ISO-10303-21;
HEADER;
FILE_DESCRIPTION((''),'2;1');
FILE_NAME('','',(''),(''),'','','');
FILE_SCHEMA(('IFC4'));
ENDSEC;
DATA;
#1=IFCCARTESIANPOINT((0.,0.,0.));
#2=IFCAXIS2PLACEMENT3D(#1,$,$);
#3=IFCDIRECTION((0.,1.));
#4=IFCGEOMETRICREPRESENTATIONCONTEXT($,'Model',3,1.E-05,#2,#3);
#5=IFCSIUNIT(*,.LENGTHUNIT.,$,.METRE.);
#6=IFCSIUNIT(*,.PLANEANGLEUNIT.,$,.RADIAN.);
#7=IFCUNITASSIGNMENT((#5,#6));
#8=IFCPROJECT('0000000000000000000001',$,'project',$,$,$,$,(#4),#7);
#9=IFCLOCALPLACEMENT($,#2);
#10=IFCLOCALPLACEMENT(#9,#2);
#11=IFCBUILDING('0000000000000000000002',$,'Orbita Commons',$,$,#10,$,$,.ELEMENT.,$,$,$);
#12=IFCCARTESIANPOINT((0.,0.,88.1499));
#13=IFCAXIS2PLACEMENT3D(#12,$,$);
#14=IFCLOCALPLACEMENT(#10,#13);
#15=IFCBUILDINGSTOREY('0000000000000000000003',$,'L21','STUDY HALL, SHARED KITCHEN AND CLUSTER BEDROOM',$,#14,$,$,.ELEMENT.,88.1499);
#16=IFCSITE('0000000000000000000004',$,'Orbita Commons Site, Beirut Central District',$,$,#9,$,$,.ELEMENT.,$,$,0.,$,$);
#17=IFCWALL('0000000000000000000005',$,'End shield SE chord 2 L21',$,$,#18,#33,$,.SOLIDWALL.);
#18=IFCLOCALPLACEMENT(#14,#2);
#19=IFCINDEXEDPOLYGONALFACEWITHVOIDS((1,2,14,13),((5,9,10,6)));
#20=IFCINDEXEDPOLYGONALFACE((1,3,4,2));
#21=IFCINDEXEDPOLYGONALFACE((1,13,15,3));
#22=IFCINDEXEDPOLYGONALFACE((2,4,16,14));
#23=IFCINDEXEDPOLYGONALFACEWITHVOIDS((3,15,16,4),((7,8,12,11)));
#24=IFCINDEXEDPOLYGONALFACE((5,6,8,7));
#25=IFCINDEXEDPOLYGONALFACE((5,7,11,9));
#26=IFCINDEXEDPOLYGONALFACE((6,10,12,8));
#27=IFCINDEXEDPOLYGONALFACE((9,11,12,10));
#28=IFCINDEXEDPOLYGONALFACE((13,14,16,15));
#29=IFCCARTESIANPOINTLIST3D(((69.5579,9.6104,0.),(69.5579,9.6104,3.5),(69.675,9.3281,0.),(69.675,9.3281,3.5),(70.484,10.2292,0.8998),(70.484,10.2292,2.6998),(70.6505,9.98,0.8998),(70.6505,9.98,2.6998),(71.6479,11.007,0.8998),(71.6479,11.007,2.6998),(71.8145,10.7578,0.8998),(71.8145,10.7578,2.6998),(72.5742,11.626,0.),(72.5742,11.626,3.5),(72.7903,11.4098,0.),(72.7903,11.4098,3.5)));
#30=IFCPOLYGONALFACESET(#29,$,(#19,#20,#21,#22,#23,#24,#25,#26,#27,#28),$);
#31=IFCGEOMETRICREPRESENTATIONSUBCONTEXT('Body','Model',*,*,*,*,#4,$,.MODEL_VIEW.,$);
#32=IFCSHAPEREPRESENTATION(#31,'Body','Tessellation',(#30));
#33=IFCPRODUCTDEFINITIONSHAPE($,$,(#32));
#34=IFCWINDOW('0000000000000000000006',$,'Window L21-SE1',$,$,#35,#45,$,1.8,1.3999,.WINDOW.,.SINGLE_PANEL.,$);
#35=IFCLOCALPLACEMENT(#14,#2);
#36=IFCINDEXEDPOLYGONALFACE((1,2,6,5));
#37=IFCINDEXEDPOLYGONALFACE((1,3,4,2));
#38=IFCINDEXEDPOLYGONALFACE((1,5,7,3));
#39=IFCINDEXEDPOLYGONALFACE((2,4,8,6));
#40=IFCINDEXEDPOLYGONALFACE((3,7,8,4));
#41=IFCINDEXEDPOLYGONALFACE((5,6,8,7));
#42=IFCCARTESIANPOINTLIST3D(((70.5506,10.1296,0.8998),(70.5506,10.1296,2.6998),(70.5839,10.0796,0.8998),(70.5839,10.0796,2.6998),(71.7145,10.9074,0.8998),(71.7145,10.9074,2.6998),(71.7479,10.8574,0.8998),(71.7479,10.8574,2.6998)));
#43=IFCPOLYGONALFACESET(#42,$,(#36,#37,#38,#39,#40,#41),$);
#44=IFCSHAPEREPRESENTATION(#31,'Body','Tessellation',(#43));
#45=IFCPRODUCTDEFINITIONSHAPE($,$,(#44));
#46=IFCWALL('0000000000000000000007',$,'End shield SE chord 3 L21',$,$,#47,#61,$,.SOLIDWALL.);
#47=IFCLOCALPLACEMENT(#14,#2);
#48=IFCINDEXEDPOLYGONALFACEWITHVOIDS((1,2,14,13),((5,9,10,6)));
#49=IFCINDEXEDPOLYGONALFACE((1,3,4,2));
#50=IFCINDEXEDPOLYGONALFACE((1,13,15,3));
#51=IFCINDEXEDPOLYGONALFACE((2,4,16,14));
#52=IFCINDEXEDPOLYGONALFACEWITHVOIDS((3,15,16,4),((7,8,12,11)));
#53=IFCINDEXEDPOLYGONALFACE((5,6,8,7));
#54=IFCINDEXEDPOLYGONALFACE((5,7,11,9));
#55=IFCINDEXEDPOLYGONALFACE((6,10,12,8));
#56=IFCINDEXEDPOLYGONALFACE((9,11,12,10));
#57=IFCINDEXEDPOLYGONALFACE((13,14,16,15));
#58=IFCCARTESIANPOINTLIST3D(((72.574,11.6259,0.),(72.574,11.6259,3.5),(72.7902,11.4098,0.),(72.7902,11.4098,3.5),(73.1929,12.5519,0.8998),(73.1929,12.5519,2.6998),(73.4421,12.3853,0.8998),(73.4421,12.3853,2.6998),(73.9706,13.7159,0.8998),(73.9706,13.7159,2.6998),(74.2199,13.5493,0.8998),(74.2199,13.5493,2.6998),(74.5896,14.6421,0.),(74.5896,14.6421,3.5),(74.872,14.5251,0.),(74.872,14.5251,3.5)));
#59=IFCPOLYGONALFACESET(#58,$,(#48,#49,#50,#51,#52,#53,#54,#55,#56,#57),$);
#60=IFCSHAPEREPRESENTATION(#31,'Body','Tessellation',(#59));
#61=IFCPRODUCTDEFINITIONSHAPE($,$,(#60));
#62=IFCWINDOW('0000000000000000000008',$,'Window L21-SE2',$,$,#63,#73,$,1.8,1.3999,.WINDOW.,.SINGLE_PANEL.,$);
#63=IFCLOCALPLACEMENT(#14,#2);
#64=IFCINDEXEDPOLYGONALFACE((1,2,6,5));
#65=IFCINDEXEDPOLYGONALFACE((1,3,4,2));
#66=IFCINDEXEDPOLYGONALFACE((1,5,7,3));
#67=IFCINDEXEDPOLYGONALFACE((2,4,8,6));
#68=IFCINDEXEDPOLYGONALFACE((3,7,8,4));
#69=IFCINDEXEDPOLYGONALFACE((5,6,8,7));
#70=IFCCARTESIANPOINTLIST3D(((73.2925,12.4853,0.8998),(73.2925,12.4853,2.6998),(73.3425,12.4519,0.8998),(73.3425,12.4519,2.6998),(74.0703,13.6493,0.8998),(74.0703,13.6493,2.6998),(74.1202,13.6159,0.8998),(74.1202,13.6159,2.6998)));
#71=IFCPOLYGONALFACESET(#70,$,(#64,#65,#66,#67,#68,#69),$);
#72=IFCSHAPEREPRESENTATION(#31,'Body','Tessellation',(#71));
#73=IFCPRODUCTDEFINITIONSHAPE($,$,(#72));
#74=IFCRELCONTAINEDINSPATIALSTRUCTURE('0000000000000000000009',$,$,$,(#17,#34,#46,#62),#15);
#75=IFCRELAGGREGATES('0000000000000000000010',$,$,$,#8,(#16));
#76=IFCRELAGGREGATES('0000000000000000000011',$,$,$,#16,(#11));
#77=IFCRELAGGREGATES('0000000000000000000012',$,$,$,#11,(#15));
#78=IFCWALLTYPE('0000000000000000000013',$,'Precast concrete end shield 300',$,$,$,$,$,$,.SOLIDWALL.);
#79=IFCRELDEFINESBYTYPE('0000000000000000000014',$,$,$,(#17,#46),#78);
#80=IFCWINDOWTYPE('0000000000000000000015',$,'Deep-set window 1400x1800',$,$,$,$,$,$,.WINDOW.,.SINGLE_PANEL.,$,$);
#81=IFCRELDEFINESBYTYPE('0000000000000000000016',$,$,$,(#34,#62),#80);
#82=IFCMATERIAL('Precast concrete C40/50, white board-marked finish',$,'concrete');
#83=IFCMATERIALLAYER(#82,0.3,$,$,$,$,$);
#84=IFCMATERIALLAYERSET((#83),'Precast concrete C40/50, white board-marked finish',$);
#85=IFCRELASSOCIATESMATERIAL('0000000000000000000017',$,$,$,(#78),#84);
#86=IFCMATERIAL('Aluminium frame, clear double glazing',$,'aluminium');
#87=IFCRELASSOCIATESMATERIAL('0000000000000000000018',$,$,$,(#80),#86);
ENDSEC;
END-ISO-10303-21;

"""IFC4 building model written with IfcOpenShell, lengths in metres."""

from ifc_helpers import new_model, si_unit, direction, frame, frame_2d, origin, place, context, subcontext, project, spatial, polyline, rectangle, outline, extrude, material, layer, layer_set, type_object, element, fill, save


model = new_model("IFC4")

# Units and contexts
model_context = context("Model", 3, precision=1e-05, world=origin(), true_north=direction((0.0, 1.0)))
body_context = subcontext(model_context, "Body", "Model", "MODEL_VIEW")
ifc_project = project(units=[si_unit("LENGTHUNIT", "METRE"), si_unit("PLANEANGLEUNIT", "RADIAN")], contexts=[model_context])

# Site, building, storey
site_placement = place(None, origin())
site = spatial("IfcSite", under=ifc_project, at=site_placement, Name="Orbita Commons Site, Beirut Central District", CompositionType="ELEMENT", RefElevation=0.0)
building_placement = place(site_placement, origin())
building = spatial("IfcBuilding", under=site, at=building_placement, Name="Orbita Commons", CompositionType="ELEMENT")
storey_placement = place(building_placement, frame((0.0, 0.0, 88.1499)))
storey = spatial("IfcBuildingStorey", under=building, at=storey_placement, Name="L21", Description="STUDY HALL, SHARED KITCHEN AND CLUSTER BEDROOM", CompositionType="ELEMENT", Elevation=88.1499)

# Walls, openings, windows
ifc_material_1 = material(Name="Precast concrete C40/50, white board-marked finish", Category="concrete")
ifc_layer_1 = layer(ifc_material_1, 0.3)
ifc_layer_set_1 = layer_set([ifc_layer_1], Name="Precast concrete C40/50, white board-marked finish")
wall_type_1 = type_object("IfcWallType", Name="Precast concrete end shield 300", PredefinedType="SOLIDWALL", material=ifc_layer_set_1)
ifc_material_2 = material(Name="Aluminium frame, clear double glazing", Category="aluminium")
window_type = type_object("IfcWindowType", Name="Deep-set window 1400x1800", PartitioningType="SINGLE_PANEL", PredefinedType="WINDOW", material=ifc_material_2)
wall_1_placement = place(storey_placement, frame((69.6165, 9.4692, 0.0), z_axis=(0.0, 0.0, 1.0), x_axis=(0.831449, 0.555601, 0.0)))
wall_1 = element("IfcWall", 1, at=wall_1_placement, inside=storey, type_object=wall_type_1, Name="End shield SE chord 2 L21", PredefinedType="SOLIDWALL", context=body_context, shape_type="SweptSolid", body=[
    extrude(outline(polyline([(-0.0298, -0.1499), (3.717, -0.1499), (3.6575, 0.1499), (0.0298, 0.1499), (-0.0298, -0.1499)])), origin(), (0.0, 0.0, 1.0), 3.5),
])
opening_1_placement = place(wall_1_placement, frame((1.1436, 0.0, 0.8999)))
opening_1 = element("IfcOpeningElement", 2, at=opening_1_placement, cuts=wall_1, PredefinedType="OPENING", context=body_context, shape_type="SweptSolid", body=[
    extrude(rectangle(XDim=1.3999, YDim=1.8, at=frame_2d((0.7, 0.8999))), frame((0.0, 0.1599, 0.0), z_axis=(0.0, -1.0, 0.0), x_axis=(1.0, 0.0, 0.0)), (0.0, 0.0, 1.0), 0.3201),
])
window_1_placement = place(opening_1_placement, origin())
window_1 = element("IfcWindow", 3, at=window_1_placement, inside=storey, type_object=window_type, Name="Window L21-SE1", OverallHeight=1.8, OverallWidth=1.3999, PartitioningType="SINGLE_PANEL", PredefinedType="WINDOW", context=body_context, shape_type="SweptSolid", body=[
    extrude(rectangle(XDim=1.3999, YDim=1.8, at=frame_2d((0.7, 0.8999))), frame((0.0, 0.03, 0.0), z_axis=(0.0, -1.0, 0.0), x_axis=(1.0, 0.0, 0.0)), (0.0, 0.0, 1.0), 0.0601),
])
fill(opening_1, window_1)
wall_2_placement = place(storey_placement, frame((72.6821, 11.5178, 0.0), z_axis=(0.0, 0.0, 1.0), x_axis=(0.555601, 0.831449, 0.0)))
wall_2 = element("IfcWall", 4, at=wall_2_placement, inside=storey, type_object=wall_type_1, Name="End shield SE chord 3 L21", PredefinedType="SOLIDWALL", context=body_context, shape_type="SweptSolid", body=[
    extrude(outline(polyline([(-0.0298, -0.1499), (3.717, -0.1499), (3.6575, 0.1499), (0.0298, 0.1499), (-0.0298, -0.1499)])), origin(), (0.0, 0.0, 1.0), 3.5),
])
opening_2_placement = place(wall_2_placement, frame((1.1436, 0.0, 0.8999)))
opening_2 = element("IfcOpeningElement", 5, at=opening_2_placement, cuts=wall_2, PredefinedType="OPENING", context=body_context, shape_type="SweptSolid", body=[
    extrude(rectangle(XDim=1.3999, YDim=1.8, at=frame_2d((0.7, 0.8999))), frame((0.0, 0.1599, 0.0), z_axis=(0.0, -1.0, 0.0), x_axis=(1.0, 0.0, 0.0)), (0.0, 0.0, 1.0), 0.3201),
])
window_2_placement = place(opening_2_placement, origin())
window_2 = element("IfcWindow", 6, at=window_2_placement, inside=storey, type_object=window_type, Name="Window L21-SE2", OverallHeight=1.8, OverallWidth=1.3999, PartitioningType="SINGLE_PANEL", PredefinedType="WINDOW", context=body_context, shape_type="SweptSolid", body=[
    extrude(rectangle(XDim=1.3999, YDim=1.8, at=frame_2d((0.7, 0.8999))), frame((0.0, 0.03, 0.0), z_axis=(0.0, -1.0, 0.0), x_axis=(1.0, 0.0, 0.0)), (0.0, 0.0, 1.0), 0.0601),
])
fill(opening_2, window_2)

save(model, "model.ifc")
